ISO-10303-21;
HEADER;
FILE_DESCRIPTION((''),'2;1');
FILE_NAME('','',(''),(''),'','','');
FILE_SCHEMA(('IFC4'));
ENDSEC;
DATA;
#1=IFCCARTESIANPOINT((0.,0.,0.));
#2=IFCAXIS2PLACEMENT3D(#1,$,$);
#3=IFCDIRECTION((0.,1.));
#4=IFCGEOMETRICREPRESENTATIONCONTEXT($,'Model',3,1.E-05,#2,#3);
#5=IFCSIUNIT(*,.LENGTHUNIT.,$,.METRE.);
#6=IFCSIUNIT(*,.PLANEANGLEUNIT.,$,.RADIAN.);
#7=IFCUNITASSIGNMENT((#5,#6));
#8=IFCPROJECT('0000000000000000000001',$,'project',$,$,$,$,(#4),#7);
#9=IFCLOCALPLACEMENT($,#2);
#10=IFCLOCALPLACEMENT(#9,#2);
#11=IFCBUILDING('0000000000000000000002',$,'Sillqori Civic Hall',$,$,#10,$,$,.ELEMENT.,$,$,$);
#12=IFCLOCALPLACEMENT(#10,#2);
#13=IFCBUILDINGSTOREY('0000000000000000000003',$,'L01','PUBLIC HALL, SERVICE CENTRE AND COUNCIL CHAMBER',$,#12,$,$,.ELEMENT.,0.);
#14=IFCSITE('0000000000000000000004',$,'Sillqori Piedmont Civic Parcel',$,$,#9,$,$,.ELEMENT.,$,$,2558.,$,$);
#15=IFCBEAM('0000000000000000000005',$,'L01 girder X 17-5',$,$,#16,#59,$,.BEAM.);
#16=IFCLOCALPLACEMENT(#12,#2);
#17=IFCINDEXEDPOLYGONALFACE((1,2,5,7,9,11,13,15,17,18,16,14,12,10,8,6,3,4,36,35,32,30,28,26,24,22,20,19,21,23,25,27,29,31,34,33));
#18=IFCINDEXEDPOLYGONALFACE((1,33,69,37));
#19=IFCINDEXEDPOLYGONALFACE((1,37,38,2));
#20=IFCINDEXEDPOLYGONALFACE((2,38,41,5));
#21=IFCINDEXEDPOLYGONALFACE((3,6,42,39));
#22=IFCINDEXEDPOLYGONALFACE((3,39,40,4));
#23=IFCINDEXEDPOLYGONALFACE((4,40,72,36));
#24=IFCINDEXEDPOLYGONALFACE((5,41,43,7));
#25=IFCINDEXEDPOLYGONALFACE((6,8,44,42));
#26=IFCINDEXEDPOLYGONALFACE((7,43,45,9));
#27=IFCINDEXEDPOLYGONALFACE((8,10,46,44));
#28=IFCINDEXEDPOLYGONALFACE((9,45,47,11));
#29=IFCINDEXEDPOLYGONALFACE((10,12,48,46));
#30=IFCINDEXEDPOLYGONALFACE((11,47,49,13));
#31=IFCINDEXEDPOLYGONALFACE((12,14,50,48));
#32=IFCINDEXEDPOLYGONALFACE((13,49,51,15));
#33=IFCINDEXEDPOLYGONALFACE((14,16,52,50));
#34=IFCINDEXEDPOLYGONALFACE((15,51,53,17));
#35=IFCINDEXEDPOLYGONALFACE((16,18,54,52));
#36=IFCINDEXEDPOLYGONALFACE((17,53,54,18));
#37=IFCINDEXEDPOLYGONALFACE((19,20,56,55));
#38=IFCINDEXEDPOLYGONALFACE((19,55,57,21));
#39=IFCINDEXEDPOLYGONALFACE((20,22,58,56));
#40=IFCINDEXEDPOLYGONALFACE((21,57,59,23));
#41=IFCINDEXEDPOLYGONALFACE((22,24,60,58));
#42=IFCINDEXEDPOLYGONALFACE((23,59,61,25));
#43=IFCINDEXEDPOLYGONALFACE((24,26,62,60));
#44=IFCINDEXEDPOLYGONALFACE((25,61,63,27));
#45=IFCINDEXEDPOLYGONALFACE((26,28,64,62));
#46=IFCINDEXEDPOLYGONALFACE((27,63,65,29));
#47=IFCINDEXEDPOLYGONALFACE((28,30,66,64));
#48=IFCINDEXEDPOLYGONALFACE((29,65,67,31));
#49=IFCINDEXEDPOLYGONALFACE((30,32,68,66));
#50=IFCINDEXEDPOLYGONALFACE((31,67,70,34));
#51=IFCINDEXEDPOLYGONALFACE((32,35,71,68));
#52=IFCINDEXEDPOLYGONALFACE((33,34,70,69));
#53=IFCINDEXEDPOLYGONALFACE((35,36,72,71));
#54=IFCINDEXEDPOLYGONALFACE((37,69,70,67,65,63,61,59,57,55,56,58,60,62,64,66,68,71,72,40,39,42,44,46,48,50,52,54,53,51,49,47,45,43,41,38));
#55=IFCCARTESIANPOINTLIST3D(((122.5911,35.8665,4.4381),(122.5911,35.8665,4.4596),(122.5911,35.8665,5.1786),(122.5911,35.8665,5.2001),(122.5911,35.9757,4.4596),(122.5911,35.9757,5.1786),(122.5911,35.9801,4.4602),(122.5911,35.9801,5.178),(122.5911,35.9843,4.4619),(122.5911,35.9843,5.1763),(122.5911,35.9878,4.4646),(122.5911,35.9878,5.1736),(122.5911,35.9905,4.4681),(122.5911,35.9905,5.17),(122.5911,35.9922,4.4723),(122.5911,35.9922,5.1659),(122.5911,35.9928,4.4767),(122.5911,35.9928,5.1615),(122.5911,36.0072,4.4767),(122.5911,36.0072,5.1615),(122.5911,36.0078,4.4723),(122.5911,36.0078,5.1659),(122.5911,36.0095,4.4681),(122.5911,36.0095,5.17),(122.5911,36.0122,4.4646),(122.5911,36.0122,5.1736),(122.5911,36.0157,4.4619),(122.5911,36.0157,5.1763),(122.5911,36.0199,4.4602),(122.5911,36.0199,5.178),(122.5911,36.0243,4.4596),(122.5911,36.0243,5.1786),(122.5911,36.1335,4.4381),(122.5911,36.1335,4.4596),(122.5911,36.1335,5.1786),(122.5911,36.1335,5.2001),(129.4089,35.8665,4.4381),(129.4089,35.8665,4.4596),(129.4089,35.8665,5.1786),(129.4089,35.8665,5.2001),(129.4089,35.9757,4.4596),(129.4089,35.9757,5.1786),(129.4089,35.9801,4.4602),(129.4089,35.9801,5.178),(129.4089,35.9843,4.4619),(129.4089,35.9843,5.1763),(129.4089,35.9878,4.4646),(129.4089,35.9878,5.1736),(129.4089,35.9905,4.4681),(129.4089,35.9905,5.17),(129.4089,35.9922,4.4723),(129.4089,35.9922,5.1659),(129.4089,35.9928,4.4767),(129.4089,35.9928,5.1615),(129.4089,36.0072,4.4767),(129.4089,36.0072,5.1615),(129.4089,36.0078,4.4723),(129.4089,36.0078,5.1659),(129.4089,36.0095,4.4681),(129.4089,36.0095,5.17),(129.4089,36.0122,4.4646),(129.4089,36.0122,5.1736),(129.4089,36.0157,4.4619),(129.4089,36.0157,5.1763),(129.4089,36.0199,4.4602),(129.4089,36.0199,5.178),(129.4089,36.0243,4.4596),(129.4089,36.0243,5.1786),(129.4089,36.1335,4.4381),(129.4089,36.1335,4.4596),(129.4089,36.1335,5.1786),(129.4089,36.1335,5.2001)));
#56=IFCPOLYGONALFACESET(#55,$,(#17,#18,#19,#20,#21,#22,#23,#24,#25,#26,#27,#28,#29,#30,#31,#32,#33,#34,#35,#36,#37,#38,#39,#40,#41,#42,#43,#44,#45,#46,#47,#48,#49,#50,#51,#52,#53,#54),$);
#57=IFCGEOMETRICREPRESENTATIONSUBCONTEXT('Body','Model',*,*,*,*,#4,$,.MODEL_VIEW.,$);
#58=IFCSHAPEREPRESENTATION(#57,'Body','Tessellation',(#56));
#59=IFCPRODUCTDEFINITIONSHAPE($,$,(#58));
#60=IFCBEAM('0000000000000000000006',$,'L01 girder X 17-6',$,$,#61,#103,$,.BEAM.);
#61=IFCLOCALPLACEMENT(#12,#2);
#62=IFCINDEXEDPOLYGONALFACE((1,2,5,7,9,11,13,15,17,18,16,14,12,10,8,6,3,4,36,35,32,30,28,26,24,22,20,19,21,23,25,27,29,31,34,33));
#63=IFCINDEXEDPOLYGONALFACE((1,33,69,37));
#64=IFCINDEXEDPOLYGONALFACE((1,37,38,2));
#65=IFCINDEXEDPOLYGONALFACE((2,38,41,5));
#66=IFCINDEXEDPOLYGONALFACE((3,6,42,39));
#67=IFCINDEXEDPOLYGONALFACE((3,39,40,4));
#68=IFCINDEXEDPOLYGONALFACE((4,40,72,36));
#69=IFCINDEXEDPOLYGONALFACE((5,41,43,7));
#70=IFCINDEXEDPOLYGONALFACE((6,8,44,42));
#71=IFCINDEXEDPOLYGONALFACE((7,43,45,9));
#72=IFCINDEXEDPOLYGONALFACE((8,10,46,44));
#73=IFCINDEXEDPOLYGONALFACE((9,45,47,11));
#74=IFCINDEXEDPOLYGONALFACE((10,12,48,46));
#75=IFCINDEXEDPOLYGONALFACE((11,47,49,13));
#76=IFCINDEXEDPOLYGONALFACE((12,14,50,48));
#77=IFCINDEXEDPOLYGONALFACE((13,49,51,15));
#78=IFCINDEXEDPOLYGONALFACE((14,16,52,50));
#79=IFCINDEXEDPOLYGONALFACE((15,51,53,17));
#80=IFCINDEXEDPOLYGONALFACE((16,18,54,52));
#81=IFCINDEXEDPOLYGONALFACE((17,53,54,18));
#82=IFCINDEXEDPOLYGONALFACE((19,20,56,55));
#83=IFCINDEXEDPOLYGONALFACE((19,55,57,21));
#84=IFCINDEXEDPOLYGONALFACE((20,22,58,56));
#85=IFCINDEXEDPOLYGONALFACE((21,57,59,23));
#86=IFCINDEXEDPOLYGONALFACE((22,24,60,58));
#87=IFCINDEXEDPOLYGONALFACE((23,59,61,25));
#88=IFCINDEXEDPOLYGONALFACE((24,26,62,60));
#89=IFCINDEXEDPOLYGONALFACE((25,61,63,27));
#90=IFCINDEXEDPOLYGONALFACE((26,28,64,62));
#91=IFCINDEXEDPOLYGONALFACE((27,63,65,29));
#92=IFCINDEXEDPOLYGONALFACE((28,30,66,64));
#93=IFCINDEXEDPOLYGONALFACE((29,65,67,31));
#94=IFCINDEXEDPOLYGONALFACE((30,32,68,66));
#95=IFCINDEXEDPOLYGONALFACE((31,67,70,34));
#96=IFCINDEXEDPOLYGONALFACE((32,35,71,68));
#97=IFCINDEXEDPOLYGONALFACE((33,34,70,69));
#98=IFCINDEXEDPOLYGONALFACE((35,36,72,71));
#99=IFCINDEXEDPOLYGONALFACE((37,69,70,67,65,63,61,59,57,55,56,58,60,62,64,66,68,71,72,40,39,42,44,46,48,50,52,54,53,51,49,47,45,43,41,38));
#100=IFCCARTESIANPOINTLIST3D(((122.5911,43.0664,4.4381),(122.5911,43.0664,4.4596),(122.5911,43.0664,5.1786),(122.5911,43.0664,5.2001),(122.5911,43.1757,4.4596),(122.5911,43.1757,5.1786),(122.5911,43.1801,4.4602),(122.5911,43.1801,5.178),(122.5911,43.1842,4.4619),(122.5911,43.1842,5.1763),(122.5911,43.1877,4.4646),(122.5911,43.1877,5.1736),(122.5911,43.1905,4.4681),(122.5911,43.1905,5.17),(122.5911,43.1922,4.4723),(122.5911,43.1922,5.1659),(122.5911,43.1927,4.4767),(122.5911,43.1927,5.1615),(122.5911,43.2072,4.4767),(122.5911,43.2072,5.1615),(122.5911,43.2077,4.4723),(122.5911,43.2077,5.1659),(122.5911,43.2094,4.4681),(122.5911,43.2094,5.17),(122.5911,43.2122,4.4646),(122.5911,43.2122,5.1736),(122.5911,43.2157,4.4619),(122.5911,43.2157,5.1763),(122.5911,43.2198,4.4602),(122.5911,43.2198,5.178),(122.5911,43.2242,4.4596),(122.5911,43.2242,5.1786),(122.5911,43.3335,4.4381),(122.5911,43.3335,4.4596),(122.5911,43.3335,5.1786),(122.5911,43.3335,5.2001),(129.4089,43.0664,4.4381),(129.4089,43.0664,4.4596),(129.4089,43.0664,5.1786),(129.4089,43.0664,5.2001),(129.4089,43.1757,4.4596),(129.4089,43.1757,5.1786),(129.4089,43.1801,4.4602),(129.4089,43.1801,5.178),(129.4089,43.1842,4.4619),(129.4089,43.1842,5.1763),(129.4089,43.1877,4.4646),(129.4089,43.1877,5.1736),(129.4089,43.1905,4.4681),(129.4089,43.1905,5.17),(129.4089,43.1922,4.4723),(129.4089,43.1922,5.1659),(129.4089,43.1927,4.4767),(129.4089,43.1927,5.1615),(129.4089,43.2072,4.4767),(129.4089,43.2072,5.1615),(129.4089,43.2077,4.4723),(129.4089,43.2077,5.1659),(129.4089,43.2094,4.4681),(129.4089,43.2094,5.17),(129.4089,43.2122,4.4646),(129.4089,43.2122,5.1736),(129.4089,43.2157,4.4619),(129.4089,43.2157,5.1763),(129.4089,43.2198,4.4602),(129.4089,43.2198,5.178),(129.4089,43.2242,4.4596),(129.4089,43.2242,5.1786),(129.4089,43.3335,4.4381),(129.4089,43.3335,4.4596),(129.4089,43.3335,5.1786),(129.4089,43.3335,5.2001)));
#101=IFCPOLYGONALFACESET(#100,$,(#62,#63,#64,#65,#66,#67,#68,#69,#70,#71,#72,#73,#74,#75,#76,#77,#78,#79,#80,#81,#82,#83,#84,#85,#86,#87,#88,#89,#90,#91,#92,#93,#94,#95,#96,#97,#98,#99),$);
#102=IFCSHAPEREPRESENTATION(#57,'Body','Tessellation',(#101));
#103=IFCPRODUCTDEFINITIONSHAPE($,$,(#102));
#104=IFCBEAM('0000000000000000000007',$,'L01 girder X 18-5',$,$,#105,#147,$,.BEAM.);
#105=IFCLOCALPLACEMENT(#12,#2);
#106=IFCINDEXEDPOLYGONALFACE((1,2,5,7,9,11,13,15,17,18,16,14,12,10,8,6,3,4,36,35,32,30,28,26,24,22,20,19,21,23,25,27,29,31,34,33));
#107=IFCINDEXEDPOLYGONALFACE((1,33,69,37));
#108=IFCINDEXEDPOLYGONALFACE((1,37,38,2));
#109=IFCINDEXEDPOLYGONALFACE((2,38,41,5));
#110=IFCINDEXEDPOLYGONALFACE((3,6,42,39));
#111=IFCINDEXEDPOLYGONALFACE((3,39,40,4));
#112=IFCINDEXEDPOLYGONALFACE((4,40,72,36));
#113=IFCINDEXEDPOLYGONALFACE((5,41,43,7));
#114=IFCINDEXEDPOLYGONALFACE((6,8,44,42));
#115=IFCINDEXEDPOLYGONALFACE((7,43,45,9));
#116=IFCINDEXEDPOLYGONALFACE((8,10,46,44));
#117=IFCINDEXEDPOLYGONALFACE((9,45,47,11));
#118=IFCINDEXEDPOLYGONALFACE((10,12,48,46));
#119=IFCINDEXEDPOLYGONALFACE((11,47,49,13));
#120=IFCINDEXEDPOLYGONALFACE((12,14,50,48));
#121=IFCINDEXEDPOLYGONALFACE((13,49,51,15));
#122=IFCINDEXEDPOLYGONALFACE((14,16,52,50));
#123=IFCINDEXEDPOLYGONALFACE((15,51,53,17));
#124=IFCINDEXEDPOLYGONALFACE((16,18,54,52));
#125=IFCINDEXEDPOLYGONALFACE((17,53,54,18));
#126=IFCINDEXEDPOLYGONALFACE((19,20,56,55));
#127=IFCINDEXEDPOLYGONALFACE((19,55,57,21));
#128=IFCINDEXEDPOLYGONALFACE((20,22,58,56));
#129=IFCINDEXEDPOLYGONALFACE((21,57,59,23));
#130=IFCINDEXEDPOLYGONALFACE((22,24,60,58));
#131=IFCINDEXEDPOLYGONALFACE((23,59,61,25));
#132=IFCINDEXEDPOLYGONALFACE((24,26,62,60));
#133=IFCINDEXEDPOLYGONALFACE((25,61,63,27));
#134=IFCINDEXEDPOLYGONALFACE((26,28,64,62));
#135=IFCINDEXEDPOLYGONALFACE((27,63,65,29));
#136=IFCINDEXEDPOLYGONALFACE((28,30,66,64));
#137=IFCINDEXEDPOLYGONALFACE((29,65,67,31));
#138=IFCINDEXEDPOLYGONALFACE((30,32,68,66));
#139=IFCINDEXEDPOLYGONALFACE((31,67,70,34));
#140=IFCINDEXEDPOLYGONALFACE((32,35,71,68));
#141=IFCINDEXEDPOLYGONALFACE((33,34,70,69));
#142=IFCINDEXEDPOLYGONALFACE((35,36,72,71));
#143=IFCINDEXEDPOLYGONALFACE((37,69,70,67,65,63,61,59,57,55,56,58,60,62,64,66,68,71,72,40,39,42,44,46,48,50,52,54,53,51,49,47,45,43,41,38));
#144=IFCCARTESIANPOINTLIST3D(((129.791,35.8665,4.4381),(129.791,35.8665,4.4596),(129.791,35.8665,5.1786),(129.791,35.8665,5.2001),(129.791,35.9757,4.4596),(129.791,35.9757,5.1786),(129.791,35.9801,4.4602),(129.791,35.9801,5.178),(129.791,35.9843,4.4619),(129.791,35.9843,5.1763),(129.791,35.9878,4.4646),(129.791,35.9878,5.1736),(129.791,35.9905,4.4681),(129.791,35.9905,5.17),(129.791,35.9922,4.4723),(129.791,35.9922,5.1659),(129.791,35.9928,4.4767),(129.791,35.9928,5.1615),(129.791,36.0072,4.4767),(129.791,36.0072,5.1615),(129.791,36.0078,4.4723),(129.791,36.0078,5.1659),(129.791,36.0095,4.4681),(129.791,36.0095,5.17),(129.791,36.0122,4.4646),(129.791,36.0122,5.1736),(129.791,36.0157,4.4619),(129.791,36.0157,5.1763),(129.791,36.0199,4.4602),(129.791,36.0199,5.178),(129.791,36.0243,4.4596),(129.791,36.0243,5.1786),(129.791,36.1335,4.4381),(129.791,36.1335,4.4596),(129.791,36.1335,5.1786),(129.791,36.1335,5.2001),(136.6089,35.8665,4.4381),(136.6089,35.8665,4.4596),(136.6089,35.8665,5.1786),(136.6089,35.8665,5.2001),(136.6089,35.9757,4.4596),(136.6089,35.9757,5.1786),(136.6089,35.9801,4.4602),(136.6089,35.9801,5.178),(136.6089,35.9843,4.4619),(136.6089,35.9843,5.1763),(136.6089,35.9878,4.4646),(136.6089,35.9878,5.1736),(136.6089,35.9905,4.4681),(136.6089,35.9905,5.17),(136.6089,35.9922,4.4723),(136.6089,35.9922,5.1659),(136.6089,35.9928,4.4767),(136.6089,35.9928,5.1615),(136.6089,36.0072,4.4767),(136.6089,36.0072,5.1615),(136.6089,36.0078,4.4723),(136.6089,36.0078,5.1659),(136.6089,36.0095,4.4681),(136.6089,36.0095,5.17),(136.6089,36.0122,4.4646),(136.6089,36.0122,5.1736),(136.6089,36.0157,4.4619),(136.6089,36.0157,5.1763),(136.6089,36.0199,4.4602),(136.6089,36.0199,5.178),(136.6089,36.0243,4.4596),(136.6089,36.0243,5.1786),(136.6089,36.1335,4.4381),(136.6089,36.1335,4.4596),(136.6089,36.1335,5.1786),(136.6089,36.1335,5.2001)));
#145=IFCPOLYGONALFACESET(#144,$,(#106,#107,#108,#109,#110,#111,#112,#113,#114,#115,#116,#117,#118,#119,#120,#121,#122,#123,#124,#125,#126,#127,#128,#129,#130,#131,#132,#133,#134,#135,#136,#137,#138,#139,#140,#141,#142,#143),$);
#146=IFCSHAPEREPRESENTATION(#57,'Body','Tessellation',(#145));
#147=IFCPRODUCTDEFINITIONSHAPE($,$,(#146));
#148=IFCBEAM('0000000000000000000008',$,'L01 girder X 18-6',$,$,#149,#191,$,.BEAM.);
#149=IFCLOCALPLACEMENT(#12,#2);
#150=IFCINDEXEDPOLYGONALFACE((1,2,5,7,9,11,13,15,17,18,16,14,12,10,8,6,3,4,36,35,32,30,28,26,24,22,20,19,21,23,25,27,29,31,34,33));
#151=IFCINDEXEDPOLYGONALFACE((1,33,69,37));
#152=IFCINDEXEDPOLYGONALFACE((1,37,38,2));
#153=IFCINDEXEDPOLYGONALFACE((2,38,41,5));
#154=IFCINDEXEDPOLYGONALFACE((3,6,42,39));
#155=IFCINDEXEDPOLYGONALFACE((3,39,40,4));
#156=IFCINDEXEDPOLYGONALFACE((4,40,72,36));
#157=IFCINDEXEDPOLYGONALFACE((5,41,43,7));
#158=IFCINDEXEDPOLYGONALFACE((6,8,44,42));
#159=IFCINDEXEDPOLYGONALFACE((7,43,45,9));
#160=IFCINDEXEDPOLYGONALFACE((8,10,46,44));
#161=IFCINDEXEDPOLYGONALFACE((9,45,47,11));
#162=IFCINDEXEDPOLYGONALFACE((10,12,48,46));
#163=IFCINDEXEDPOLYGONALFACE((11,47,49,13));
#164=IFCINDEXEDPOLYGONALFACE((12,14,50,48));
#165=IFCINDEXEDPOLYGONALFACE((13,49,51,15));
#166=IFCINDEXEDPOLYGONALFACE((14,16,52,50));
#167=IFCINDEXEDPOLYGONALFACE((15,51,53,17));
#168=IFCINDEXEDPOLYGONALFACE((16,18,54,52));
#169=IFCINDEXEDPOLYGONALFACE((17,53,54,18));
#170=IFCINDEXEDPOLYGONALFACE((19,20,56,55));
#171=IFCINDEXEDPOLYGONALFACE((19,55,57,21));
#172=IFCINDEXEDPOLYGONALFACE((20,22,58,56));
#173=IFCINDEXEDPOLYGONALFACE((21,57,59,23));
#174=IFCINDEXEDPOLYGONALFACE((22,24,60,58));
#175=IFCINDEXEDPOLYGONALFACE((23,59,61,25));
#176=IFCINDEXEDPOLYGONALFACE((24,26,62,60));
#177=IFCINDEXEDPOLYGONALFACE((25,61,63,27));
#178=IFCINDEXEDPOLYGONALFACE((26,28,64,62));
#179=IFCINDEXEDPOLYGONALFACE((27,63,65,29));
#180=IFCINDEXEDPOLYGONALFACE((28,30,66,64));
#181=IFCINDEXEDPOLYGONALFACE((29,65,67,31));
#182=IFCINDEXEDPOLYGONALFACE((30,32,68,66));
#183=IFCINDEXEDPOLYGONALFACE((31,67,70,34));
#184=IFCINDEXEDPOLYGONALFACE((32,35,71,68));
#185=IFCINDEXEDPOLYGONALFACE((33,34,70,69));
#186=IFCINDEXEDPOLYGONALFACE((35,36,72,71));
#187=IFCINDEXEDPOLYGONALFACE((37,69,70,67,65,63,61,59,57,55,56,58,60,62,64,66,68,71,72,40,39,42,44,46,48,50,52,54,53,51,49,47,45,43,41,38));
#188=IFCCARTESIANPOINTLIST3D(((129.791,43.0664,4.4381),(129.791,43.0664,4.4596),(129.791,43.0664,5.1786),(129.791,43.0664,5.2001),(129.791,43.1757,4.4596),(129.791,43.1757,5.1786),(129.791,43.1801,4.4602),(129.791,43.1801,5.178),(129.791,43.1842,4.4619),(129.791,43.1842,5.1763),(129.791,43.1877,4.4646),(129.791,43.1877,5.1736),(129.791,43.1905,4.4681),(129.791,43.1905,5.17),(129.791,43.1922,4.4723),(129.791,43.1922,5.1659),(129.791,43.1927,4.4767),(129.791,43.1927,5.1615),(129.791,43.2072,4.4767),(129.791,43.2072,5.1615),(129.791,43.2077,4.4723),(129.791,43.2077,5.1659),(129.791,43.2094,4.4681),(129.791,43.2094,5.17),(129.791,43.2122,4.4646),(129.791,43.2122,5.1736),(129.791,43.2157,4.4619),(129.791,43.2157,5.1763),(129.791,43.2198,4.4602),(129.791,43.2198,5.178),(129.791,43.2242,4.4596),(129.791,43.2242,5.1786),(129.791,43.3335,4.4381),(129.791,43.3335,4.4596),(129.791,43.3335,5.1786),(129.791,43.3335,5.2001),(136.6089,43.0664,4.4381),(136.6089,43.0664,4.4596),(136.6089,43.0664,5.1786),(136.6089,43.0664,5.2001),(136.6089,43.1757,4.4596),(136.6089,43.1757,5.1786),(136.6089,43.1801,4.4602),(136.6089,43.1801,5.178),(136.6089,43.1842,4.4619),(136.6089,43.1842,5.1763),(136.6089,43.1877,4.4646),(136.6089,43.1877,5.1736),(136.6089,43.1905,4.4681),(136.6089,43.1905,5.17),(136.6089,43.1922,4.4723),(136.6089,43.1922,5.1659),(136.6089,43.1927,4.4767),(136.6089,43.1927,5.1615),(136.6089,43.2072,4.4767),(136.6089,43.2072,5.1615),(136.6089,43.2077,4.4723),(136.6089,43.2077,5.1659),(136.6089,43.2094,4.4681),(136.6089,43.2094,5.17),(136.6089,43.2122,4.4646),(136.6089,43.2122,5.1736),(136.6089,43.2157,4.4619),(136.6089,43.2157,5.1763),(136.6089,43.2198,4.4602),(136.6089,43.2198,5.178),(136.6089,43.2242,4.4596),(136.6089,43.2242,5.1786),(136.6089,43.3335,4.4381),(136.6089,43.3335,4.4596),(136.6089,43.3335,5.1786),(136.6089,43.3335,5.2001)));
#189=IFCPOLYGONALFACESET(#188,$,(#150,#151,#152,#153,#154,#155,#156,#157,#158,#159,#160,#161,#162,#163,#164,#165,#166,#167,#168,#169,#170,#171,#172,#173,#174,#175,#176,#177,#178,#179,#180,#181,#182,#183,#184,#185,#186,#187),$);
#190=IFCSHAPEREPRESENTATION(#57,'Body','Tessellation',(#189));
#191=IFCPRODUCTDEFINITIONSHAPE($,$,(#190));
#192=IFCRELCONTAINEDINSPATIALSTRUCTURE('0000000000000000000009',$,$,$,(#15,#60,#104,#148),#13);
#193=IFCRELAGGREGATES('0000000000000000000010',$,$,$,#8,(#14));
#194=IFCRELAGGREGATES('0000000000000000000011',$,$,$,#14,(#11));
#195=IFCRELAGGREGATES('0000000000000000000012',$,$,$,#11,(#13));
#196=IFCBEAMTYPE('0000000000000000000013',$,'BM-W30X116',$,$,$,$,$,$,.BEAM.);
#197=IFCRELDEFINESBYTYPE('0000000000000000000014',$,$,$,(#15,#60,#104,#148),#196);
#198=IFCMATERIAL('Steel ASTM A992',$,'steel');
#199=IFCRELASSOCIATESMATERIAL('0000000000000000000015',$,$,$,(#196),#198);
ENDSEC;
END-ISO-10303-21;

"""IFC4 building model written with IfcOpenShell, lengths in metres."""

from ifc_helpers import new_model, si_unit, direction, frame, origin, origin_2d, place, context, subcontext, project, spatial, i_section, extrude, material, material_profile, profile_set, type_object, element, save


model = new_model("IFC4")

# Units and contexts
model_context = context("Model", 3, precision=1e-05, world=origin(), true_north=direction((0.0, 1.0)))
body_context = subcontext(model_context, "Body", "Model", "MODEL_VIEW")
ifc_project = project(units=[si_unit("LENGTHUNIT", "METRE"), si_unit("PLANEANGLEUNIT", "RADIAN")], contexts=[model_context])

# Site, building, storey
site_placement = place(None, origin())
site = spatial("IfcSite", under=ifc_project, at=site_placement, Name="Sillqori Piedmont Civic Parcel", CompositionType="ELEMENT", RefElevation=2558.0)
building_placement = place(site_placement, origin())
building = spatial("IfcBuilding", under=site, at=building_placement, Name="Sillqori Civic Hall", CompositionType="ELEMENT")
storey_placement = place(building_placement, origin())
storey = spatial("IfcBuildingStorey", under=building, at=storey_placement, Name="L01", Description="PUBLIC HALL, SERVICE CENTRE AND COUNCIL CHAMBER", CompositionType="ELEMENT", Elevation=0.0)

# Shared definitions
ifc_material_1 = material(Name="Steel ASTM A992", Category="steel")

# Beams
ifc_material_profile_1 = material_profile(ifc_material_1, i_section(OverallWidth=0.2671, OverallDepth=0.762, WebThickness=0.0144, FlangeThickness=0.0215, FilletRadius=0.0171, at=origin_2d()), Name="W30X116")
ifc_profile_set_1 = profile_set([ifc_material_profile_1], Name="Steel ASTM A992")
beam_type_1 = type_object("IfcBeamType", Name="BM-W30X116", PredefinedType="BEAM", material=ifc_profile_set_1)
for number, where, z_axis, x_axis, name in (
    (1, (122.5911, 36.0, 4.8191), (1.0, 0.0, 0.0), (0.0, 1.0, 0.0), "L01 girder X 17-5"),
    (2, (122.5911, 43.2, 4.8191), (1.0, 0.0, 0.0), (0.0, 1.0, 0.0), "L01 girder X 17-6"),
    (3, (129.791, 36.0, 4.8191), (1.0, 0.0, 0.0), (0.0, 1.0, 0.0), "L01 girder X 18-5"),
    (4, (129.791, 43.2, 4.8191), (1.0, 0.0, 0.0), (0.0, 1.0, 0.0), "L01 girder X 18-6"),
):
    element("IfcBeam", number, at=place(storey_placement, frame(where, z_axis=z_axis, x_axis=x_axis)), inside=storey, type_object=beam_type_1, Name=name, PredefinedType="BEAM", context=body_context, shape_type="SweptSolid", body=[
        extrude(i_section(OverallWidth=0.2671, OverallDepth=0.762, WebThickness=0.0144, FlangeThickness=0.0215, FilletRadius=0.0171, at=origin_2d()), origin(), (0.0, 0.0, 1.0), 6.8179),
    ])

save(model, "model.ifc")
